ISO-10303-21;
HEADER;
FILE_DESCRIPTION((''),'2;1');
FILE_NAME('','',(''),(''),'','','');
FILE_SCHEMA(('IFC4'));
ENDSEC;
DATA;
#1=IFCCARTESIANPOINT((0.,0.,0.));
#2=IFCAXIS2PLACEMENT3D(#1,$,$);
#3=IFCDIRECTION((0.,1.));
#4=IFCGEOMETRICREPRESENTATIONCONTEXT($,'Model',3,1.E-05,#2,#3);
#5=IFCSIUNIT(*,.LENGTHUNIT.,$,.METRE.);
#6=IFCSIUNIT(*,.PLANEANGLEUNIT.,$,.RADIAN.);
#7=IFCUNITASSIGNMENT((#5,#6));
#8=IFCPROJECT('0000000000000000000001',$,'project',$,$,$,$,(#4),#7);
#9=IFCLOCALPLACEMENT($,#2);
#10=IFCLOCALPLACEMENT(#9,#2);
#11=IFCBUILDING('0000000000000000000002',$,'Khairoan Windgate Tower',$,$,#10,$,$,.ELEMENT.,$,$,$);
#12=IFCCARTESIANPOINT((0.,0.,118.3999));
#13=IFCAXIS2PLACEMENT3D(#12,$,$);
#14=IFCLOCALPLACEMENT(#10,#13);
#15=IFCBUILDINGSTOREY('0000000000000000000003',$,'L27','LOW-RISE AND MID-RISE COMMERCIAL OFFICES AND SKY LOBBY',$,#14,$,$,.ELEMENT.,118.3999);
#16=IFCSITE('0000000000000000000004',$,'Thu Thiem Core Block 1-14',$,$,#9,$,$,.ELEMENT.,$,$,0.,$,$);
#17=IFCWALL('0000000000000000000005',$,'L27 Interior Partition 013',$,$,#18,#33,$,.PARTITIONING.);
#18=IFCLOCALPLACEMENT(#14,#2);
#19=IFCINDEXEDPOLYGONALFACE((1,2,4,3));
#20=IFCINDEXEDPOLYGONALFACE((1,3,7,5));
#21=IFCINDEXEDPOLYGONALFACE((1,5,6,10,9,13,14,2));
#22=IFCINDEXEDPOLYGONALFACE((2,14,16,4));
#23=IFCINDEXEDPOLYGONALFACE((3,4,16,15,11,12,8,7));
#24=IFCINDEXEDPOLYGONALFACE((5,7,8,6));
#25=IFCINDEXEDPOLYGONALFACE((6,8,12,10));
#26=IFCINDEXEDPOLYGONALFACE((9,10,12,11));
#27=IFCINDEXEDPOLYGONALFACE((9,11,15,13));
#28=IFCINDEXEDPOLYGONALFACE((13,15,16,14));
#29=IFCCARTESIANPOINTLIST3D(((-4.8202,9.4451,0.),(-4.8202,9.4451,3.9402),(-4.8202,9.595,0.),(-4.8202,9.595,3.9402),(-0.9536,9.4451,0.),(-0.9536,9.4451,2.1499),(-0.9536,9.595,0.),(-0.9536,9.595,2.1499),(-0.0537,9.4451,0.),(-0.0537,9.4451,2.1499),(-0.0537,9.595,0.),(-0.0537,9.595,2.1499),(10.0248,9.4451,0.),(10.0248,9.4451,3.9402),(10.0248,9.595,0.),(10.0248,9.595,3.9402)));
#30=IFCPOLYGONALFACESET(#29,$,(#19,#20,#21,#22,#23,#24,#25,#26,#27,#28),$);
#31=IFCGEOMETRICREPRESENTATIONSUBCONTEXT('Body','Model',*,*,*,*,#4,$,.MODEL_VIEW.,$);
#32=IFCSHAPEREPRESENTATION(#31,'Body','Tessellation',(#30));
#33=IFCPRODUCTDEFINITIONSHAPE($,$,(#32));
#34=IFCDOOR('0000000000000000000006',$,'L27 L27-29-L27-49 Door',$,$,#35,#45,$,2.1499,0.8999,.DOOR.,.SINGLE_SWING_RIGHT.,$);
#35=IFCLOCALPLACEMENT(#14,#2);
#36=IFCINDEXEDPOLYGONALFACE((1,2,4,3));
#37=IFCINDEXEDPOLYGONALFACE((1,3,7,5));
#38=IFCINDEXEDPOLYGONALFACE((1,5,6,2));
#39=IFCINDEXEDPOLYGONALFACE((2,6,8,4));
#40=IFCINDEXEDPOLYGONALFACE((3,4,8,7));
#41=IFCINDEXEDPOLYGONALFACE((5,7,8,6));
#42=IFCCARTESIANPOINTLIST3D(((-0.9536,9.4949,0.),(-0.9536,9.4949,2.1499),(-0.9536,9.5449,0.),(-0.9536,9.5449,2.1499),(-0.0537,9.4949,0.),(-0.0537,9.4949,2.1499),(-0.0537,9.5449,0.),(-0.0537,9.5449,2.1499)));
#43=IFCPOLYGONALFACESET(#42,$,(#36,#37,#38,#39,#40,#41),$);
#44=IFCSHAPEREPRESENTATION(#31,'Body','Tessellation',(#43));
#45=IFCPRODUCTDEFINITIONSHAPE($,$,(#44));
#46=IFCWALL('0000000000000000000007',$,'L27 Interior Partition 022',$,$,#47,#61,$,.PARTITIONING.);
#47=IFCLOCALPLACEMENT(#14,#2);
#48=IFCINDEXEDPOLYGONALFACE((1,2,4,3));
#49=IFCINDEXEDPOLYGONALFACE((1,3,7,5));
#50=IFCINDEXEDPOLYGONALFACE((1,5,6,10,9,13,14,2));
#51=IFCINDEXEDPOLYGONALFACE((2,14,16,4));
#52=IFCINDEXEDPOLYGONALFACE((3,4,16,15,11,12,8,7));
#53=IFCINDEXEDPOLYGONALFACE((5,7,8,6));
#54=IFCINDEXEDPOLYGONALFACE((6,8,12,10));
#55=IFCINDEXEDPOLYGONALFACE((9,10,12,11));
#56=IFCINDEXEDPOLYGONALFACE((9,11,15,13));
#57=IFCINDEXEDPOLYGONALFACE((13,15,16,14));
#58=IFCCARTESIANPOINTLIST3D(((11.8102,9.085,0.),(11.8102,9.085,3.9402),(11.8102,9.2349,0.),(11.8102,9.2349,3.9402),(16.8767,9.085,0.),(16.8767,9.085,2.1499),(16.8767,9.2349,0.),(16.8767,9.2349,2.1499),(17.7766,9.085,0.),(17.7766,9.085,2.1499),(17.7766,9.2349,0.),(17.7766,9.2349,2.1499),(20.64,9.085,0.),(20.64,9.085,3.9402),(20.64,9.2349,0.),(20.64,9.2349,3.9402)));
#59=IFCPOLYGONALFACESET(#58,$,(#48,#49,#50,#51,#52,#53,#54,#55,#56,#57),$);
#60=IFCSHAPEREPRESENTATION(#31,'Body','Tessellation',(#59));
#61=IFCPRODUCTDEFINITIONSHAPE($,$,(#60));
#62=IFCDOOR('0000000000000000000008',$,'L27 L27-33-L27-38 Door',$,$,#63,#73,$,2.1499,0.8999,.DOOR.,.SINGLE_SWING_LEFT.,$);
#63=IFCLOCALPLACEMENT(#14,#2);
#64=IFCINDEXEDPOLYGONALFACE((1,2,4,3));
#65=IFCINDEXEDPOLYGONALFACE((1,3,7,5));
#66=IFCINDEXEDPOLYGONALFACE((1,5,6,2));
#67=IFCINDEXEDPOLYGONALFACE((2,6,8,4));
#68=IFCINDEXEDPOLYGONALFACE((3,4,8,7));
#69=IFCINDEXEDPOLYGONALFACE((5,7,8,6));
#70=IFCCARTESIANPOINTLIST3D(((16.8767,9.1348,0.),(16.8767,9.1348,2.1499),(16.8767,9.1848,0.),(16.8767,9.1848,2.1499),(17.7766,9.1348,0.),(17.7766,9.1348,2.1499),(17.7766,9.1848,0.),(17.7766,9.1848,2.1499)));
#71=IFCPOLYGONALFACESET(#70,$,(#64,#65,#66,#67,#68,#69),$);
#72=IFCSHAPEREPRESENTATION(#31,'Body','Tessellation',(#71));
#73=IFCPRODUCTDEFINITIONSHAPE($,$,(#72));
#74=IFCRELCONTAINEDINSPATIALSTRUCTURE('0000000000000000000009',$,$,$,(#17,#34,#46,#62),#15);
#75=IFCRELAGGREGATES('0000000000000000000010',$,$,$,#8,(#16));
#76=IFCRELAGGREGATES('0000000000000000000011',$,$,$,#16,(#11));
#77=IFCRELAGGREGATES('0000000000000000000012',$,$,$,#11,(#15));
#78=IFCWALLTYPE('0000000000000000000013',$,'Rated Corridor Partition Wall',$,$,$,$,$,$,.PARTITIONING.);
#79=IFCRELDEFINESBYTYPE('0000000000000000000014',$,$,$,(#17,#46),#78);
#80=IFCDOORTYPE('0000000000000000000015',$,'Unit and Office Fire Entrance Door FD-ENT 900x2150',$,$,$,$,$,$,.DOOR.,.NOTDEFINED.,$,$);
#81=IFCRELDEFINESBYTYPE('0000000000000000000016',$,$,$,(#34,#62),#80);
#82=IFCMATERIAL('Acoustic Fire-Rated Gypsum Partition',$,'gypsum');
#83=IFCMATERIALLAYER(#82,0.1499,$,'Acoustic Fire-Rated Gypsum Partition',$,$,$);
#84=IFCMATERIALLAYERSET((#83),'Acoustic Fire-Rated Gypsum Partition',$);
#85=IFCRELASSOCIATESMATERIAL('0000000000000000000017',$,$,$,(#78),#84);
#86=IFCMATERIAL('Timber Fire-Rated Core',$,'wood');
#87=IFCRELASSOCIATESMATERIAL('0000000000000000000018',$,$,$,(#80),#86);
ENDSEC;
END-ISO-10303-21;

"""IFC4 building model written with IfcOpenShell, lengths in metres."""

from ifc_helpers import new_model, si_unit, direction, frame, frame_2d, origin, place, context, subcontext, project, spatial, rectangle, extrude, material, layer, layer_set, type_object, element, fill, save


model = new_model("IFC4")

# Units and contexts
model_context = context("Model", 3, precision=1e-05, world=origin(), true_north=direction((0.0, 1.0)))
body_context = subcontext(model_context, "Body", "Model", "MODEL_VIEW")
ifc_project = project(units=[si_unit("LENGTHUNIT", "METRE"), si_unit("PLANEANGLEUNIT", "RADIAN")], contexts=[model_context])

# Site, building, storey
site_placement = place(None, origin())
site = spatial("IfcSite", under=ifc_project, at=site_placement, Name="Thu Thiem Core Block 1-14", CompositionType="ELEMENT", RefElevation=0.0)
building_placement = place(site_placement, origin())
building = spatial("IfcBuilding", under=site, at=building_placement, Name="Khairoan Windgate Tower", CompositionType="ELEMENT")
storey_placement = place(building_placement, frame((0.0, 0.0, 118.3999)))
storey = spatial("IfcBuildingStorey", under=building, at=storey_placement, Name="L27", Description="LOW-RISE AND MID-RISE COMMERCIAL OFFICES AND SKY LOBBY", CompositionType="ELEMENT", Elevation=118.3999)

# Walls, openings, doors
ifc_material_1 = material(Name="Acoustic Fire-Rated Gypsum Partition", Category="gypsum")
ifc_layer_1 = layer(ifc_material_1, 0.1499, Name="Acoustic Fire-Rated Gypsum Partition")
ifc_layer_set_1 = layer_set([ifc_layer_1], Name="Acoustic Fire-Rated Gypsum Partition")
wall_type_1 = type_object("IfcWallType", Name="Rated Corridor Partition Wall", PredefinedType="PARTITIONING", material=ifc_layer_set_1)
wall_1_placement = place(storey_placement, frame((-4.8201, 9.52, 0.0), z_axis=(0.0, 0.0, 1.0), x_axis=(1.0, 0.0, 0.0)))
wall_1 = element("IfcWall", 1, at=wall_1_placement, inside=storey, type_object=wall_type_1, Name="L27 Interior Partition 013", PredefinedType="PARTITIONING", context=body_context, shape_type="SweptSolid", body=[
    extrude(rectangle(XDim=14.845, YDim=0.1499, at=frame_2d((7.4224, 0.0))), origin(), (0.0, 0.0, 1.0), 3.9402),
])
opening_1_placement = place(wall_1_placement, frame((3.8665, 0.0, 0.0)))
opening_1 = element("IfcOpeningElement", 2, at=opening_1_placement, cuts=wall_1, PredefinedType="OPENING", context=body_context, shape_type="SweptSolid", body=[
    extrude(rectangle(XDim=0.8999, YDim=2.1499, at=frame_2d((0.45, 1.075))), frame((0.0, 0.085, 0.0), z_axis=(0.0, -1.0, 0.0), x_axis=(1.0, 0.0, 0.0)), (0.0, 0.0, 1.0), 0.1699),
])
ifc_material_2 = material(Name="Timber Fire-Rated Core", Category="wood")
door_type = type_object("IfcDoorType", Name="Unit and Office Fire Entrance Door FD-ENT 900x2150", OperationType="NOTDEFINED", PredefinedType="DOOR", material=ifc_material_2)
door_1_placement = place(opening_1_placement, origin())
door_1 = element("IfcDoor", 3, at=door_1_placement, inside=storey, type_object=door_type, Name="L27 L27-29-L27-49 Door", OperationType="SINGLE_SWING_RIGHT", OverallHeight=2.1499, OverallWidth=0.8999, PredefinedType="DOOR", context=body_context, shape_type="SweptSolid", body=[
    extrude(rectangle(XDim=0.8999, YDim=2.1499, at=frame_2d((0.45, 1.075))), frame((0.0, 0.0249, 0.0), z_axis=(0.0, -1.0, 0.0), x_axis=(1.0, 0.0, 0.0)), (0.0, 0.0, 1.0), 0.05),
])
fill(opening_1, door_1)
wall_2_placement = place(storey_placement, frame((11.8101, 9.1599, 0.0), z_axis=(0.0, 0.0, 1.0), x_axis=(1.0, 0.0, 0.0)))
wall_2 = element("IfcWall", 4, at=wall_2_placement, inside=storey, type_object=wall_type_1, Name="L27 Interior Partition 022", PredefinedType="PARTITIONING", context=body_context, shape_type="SweptSolid", body=[
    extrude(rectangle(XDim=8.8298, YDim=0.1499, at=frame_2d((4.415, 0.0))), origin(), (0.0, 0.0, 1.0), 3.9402),
])
opening_2_placement = place(wall_2_placement, frame((5.0667, 0.0, 0.0)))
opening_2 = element("IfcOpeningElement", 5, at=opening_2_placement, cuts=wall_2, PredefinedType="OPENING", context=body_context, shape_type="SweptSolid", body=[
    extrude(rectangle(XDim=0.8999, YDim=2.1499, at=frame_2d((0.45, 1.075))), frame((0.0, 0.085, 0.0), z_axis=(0.0, -1.0, 0.0), x_axis=(1.0, 0.0, 0.0)), (0.0, 0.0, 1.0), 0.1699),
])
door_2_placement = place(opening_2_placement, origin())
door_2 = element("IfcDoor", 6, at=door_2_placement, inside=storey, type_object=door_type, Name="L27 L27-33-L27-38 Door", OperationType="SINGLE_SWING_LEFT", OverallHeight=2.1499, OverallWidth=0.8999, PredefinedType="DOOR", context=body_context, shape_type="SweptSolid", body=[
    extrude(rectangle(XDim=0.8999, YDim=2.1499, at=frame_2d((0.45, 1.075))), frame((0.0, 0.0249, 0.0), z_axis=(0.0, -1.0, 0.0), x_axis=(1.0, 0.0, 0.0)), (0.0, 0.0, 1.0), 0.05),
])
fill(opening_2, door_2)

save(model, "model.ifc")
